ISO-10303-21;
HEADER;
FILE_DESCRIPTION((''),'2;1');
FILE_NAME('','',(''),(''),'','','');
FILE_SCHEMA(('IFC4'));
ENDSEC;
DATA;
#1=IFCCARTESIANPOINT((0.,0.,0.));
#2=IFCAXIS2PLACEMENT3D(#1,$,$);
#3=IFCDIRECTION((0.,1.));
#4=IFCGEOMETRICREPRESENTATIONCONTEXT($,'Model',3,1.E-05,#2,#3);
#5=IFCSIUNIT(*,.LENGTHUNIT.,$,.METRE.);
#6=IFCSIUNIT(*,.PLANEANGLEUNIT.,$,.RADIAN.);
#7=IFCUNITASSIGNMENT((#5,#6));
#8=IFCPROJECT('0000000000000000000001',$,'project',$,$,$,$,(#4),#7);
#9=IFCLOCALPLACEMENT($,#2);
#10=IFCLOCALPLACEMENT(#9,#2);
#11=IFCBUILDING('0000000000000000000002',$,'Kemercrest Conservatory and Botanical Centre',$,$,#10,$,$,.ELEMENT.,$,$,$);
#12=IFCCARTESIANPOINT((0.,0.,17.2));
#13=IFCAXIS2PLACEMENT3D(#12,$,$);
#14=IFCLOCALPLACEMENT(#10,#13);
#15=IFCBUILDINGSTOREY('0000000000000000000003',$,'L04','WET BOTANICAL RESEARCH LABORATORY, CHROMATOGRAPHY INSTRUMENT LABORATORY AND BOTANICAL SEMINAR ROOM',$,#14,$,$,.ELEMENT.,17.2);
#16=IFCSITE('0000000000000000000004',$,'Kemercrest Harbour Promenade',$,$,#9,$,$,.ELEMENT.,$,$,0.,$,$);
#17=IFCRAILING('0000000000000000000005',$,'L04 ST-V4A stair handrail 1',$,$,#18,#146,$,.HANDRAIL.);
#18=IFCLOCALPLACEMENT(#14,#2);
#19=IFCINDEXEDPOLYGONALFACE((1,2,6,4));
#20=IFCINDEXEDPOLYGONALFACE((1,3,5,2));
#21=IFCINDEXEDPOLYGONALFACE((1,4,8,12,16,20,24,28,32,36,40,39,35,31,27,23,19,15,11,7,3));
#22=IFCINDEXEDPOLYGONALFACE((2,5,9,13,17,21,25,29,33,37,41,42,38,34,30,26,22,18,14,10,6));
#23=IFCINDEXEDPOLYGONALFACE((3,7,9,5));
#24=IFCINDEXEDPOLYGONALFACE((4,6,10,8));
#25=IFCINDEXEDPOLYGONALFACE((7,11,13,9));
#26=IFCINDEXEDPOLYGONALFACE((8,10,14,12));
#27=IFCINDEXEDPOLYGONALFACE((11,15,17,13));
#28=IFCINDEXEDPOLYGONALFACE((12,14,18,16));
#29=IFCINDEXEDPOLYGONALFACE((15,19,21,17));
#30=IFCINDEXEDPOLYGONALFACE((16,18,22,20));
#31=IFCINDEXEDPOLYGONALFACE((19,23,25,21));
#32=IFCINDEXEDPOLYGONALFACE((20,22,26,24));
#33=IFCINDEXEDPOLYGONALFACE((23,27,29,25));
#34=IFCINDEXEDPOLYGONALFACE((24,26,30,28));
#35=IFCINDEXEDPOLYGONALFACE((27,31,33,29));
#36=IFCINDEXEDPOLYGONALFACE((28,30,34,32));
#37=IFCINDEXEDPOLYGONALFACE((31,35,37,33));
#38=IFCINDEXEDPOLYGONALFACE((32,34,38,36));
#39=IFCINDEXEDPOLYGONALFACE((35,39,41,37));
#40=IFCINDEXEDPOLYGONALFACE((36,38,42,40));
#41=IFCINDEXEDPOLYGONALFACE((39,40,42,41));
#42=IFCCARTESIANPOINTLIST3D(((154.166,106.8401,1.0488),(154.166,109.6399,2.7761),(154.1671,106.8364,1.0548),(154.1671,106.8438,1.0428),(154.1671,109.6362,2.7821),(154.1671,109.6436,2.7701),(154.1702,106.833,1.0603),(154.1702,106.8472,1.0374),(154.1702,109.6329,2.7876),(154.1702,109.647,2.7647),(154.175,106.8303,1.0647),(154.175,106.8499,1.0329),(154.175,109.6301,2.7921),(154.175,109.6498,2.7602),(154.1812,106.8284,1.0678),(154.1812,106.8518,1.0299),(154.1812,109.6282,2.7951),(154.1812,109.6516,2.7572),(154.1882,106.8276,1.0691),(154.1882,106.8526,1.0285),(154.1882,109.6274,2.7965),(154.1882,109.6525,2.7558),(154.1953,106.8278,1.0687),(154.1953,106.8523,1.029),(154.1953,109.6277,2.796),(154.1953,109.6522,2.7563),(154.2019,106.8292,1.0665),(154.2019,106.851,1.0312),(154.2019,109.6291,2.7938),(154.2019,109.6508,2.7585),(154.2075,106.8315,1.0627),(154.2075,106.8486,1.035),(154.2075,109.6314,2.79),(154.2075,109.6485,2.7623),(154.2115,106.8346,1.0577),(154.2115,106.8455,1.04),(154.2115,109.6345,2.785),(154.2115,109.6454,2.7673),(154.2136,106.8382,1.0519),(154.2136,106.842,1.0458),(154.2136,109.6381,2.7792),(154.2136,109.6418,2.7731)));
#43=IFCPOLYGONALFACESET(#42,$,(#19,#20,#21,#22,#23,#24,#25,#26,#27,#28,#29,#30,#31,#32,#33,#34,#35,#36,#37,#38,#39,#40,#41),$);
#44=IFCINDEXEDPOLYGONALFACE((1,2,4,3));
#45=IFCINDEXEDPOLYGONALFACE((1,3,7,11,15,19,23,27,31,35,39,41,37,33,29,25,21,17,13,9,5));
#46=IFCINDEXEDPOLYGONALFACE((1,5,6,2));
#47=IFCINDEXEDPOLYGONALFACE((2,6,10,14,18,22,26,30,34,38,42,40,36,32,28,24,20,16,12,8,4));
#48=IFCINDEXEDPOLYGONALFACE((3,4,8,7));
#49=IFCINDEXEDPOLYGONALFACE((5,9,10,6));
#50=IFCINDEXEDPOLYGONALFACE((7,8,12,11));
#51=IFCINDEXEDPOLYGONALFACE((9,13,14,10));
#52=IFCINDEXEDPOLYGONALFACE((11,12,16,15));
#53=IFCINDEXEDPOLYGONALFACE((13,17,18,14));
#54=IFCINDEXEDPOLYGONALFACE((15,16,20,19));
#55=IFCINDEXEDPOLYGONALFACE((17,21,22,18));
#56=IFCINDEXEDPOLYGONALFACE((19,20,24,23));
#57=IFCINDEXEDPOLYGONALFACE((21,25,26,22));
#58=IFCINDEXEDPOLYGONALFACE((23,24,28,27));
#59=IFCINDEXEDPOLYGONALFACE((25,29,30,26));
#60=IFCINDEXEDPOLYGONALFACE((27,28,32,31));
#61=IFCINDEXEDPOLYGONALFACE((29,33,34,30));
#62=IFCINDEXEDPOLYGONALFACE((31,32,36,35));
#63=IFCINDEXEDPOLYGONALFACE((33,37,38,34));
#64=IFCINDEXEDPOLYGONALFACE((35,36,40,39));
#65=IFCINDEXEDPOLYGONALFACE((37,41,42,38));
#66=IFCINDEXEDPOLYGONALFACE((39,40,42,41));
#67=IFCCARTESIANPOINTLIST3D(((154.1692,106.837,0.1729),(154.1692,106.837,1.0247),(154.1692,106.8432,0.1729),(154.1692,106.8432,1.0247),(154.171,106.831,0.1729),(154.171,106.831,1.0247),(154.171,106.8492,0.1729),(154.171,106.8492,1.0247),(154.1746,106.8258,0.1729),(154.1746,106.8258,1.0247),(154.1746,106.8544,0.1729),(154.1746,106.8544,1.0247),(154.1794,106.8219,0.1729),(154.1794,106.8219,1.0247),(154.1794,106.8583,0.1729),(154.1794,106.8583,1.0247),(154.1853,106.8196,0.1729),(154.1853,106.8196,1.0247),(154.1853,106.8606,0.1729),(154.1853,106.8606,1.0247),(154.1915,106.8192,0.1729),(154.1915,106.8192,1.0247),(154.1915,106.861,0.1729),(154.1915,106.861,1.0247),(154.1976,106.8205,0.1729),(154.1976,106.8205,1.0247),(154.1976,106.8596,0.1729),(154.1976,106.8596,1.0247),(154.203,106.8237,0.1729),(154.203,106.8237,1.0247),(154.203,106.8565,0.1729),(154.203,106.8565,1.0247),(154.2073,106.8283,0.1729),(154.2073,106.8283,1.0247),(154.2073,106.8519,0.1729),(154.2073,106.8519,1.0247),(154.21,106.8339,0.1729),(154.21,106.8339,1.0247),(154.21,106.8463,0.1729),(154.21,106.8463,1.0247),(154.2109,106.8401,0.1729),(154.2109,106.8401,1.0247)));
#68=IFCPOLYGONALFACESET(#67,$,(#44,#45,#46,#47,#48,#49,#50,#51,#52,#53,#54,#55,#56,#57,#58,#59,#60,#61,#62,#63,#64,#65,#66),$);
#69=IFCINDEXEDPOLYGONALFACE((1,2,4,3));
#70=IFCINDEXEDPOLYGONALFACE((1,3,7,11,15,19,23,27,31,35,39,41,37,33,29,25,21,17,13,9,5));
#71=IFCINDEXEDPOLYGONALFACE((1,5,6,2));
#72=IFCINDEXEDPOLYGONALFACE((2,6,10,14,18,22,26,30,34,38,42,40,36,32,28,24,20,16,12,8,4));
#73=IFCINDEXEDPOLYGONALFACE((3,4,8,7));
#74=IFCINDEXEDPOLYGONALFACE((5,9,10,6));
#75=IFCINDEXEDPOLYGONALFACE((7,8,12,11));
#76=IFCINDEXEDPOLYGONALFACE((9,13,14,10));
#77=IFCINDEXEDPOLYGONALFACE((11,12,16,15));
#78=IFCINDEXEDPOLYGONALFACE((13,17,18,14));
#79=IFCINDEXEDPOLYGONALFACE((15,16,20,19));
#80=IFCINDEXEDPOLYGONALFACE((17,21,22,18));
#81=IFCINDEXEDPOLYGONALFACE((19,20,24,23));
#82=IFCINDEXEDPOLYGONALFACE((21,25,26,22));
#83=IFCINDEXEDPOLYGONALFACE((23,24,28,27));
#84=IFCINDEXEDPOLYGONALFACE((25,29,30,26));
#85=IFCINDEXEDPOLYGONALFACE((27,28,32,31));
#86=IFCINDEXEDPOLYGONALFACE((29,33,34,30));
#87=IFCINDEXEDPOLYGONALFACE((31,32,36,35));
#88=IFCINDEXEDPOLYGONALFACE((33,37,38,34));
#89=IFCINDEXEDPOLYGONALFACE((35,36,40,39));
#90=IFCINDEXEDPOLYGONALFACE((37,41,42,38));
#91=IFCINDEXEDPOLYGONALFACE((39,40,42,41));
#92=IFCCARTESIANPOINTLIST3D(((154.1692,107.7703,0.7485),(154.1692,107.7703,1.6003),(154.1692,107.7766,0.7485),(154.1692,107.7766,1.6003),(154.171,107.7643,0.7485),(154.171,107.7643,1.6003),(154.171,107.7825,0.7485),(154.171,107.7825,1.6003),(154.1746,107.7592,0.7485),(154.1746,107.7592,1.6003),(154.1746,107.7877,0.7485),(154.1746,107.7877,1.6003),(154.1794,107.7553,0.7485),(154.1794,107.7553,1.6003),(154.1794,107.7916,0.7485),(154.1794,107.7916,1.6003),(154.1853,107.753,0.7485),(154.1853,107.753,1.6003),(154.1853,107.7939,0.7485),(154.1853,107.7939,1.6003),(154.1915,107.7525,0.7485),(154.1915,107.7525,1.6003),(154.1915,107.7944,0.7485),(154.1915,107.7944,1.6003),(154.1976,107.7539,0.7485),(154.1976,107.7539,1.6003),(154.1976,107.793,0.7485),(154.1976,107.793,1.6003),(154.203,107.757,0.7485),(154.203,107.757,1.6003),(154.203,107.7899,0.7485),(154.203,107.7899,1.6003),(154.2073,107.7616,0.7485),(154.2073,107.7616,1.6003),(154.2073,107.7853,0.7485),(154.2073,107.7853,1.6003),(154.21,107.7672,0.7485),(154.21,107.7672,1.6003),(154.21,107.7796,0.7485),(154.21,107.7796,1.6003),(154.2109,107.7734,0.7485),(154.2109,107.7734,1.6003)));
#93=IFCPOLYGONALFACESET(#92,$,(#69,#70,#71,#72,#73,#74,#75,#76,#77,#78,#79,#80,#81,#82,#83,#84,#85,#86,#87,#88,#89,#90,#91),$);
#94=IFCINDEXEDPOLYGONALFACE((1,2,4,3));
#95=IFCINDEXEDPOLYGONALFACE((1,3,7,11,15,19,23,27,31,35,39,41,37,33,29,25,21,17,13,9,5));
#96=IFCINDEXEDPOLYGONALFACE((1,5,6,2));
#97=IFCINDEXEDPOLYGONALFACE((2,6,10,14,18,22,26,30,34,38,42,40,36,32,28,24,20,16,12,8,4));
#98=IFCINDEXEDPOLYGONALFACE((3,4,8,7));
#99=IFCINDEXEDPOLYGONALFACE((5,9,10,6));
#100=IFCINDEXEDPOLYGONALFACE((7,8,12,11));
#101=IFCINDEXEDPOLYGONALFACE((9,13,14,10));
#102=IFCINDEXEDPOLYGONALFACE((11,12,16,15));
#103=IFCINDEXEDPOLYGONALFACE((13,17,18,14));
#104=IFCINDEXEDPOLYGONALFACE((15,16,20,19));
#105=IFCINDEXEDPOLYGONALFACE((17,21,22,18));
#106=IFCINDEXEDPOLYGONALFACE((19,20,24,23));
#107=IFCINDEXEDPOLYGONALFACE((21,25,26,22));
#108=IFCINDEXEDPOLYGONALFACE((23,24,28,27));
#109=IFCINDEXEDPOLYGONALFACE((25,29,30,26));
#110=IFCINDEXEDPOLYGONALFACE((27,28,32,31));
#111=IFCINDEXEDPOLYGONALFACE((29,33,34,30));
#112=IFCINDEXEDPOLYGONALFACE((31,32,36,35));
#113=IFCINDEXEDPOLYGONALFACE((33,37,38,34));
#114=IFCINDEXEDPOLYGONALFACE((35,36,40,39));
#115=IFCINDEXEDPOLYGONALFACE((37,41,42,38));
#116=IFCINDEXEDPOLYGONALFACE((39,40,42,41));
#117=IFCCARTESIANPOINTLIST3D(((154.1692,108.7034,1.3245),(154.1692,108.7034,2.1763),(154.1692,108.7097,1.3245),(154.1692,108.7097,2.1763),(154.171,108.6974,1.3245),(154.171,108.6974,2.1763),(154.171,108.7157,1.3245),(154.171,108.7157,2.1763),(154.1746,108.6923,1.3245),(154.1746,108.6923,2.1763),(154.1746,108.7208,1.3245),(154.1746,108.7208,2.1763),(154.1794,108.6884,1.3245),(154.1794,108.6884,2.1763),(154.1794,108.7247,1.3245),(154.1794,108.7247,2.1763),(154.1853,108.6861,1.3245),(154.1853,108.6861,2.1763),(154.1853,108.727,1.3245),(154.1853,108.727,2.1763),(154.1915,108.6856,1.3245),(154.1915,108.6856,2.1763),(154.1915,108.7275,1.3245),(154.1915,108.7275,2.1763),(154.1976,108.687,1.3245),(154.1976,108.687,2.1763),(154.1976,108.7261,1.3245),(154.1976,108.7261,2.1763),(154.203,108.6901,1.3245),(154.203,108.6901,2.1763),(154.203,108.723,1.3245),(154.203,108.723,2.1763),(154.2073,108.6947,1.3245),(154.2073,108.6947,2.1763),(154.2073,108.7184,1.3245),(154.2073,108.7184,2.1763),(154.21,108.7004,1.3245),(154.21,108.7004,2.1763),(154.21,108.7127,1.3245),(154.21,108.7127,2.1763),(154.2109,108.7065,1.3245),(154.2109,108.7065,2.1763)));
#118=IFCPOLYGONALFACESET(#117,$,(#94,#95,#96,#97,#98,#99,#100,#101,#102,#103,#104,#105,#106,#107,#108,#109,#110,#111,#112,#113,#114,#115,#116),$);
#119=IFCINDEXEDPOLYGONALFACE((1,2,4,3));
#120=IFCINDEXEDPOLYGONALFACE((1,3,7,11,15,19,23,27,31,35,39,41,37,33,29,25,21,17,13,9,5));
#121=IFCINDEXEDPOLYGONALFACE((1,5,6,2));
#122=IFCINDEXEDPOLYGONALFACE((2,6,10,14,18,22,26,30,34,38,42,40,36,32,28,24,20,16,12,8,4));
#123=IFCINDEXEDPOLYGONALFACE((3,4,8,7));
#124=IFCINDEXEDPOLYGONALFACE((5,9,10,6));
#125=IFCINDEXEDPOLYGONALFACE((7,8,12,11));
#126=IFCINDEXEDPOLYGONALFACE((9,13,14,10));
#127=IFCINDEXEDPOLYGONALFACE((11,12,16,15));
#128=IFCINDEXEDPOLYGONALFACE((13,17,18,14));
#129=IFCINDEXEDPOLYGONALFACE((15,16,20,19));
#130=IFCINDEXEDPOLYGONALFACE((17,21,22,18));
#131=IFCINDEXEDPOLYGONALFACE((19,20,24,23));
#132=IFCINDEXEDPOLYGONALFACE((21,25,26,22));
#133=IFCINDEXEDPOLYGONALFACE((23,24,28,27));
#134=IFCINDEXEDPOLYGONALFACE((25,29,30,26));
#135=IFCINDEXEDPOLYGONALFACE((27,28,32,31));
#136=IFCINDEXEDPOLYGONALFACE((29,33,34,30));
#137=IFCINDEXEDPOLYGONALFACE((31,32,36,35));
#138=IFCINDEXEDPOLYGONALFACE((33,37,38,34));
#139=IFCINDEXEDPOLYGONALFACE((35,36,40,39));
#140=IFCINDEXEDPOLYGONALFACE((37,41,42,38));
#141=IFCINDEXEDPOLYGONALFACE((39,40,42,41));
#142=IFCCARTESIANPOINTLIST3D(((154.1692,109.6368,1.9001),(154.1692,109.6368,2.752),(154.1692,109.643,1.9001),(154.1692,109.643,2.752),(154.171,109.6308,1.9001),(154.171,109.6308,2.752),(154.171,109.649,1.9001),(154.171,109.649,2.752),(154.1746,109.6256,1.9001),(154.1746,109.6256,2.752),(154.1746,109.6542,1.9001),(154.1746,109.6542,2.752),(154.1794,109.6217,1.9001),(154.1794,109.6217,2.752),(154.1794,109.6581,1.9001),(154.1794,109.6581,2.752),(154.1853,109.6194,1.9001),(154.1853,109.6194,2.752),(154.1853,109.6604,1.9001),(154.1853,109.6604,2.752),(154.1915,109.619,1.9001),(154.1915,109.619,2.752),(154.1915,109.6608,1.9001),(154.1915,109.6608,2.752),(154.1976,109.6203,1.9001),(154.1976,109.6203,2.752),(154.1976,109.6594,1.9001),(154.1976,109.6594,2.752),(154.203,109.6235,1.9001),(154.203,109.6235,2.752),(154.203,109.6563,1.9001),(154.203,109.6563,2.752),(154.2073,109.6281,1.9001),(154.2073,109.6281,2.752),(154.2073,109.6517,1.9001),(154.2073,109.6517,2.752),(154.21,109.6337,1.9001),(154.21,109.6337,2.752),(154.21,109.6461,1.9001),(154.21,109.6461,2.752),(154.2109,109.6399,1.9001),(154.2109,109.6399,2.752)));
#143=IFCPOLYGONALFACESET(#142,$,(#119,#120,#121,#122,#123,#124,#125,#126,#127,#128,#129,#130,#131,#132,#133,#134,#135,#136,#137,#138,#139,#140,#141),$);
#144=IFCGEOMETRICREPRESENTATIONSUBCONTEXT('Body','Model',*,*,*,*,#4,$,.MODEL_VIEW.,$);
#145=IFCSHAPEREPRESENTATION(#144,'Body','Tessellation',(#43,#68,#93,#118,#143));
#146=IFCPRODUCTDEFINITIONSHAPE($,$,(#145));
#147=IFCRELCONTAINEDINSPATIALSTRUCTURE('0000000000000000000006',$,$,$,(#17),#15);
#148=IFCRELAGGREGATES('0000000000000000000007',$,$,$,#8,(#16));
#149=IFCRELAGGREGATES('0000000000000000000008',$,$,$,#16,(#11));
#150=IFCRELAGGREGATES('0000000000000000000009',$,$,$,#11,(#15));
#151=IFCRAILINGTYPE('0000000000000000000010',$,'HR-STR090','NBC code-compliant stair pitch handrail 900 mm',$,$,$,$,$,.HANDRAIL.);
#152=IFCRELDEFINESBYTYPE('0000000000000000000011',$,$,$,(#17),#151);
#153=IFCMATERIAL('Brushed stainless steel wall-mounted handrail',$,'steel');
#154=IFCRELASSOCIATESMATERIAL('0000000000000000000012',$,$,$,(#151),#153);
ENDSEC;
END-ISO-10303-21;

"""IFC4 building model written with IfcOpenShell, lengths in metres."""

from ifc_helpers import new_model, si_unit, direction, frame, origin, origin_2d, place, context, subcontext, project, spatial, circle, extrude, material, type_object, element, save


model = new_model("IFC4")

# Units and contexts
model_context = context("Model", 3, precision=1e-05, world=origin(), true_north=direction((0.0, 1.0)))
body_context = subcontext(model_context, "Body", "Model", "MODEL_VIEW")
ifc_project = project(units=[si_unit("LENGTHUNIT", "METRE"), si_unit("PLANEANGLEUNIT", "RADIAN")], contexts=[model_context])

# Site, building, storey
site_placement = place(None, origin())
site = spatial("IfcSite", under=ifc_project, at=site_placement, Name="Kemercrest Harbour Promenade", CompositionType="ELEMENT", RefElevation=0.0)
building_placement = place(site_placement, origin())
building = spatial("IfcBuilding", under=site, at=building_placement, Name="Kemercrest Conservatory and Botanical Centre", CompositionType="ELEMENT")
storey_placement = place(building_placement, frame((0.0, 0.0, 17.2)))
storey = spatial("IfcBuildingStorey", under=building, at=storey_placement, Name="L04", Description="WET BOTANICAL RESEARCH LABORATORY, CHROMATOGRAPHY INSTRUMENT LABORATORY AND BOTANICAL SEMINAR ROOM", CompositionType="ELEMENT", Elevation=17.2)

# Railing
ifc_material_1 = material(Name="Brushed stainless steel wall-mounted handrail", Category="steel")
railing_type_1 = type_object("IfcRailingType", Name="HR-STR090", Description="NBC code-compliant stair pitch handrail 900 mm", PredefinedType="HANDRAIL", material=ifc_material_1)
railing_1_placement = place(storey_placement, frame((154.1899, 106.8401, 0.1729)))
element("IfcRailing", 1, at=railing_1_placement, inside=storey, type_object=railing_type_1, Name="L04 ST-V4A stair handrail 1", PredefinedType="HANDRAIL", context=body_context, shape_type="SweptSolid", body=[
    extrude(circle(Radius=0.0239, at=origin_2d()), frame((0.0, 0.0, 0.876), z_axis=(0.0, 0.851069, 0.525054), x_axis=(-1.0, 0.0, 0.0)), (0.0, 0.0, 1.0), 3.2898),
    extrude(circle(Radius=0.021, at=origin_2d()), origin(), (0.0, 0.0, 1.0), 0.8518),
    extrude(circle(Radius=0.021, at=origin_2d()), frame((0.0, 0.9333, 0.5757)), (0.0, 0.0, 1.0), 0.8518),
    extrude(circle(Radius=0.021, at=origin_2d()), frame((0.0, 1.8665, 1.1516)), (0.0, 0.0, 1.0), 0.8518),
    extrude(circle(Radius=0.021, at=origin_2d()), frame((0.0, 2.7998, 1.7273)), (0.0, 0.0, 1.0), 0.8518),
])

save(model, "model.ifc")
